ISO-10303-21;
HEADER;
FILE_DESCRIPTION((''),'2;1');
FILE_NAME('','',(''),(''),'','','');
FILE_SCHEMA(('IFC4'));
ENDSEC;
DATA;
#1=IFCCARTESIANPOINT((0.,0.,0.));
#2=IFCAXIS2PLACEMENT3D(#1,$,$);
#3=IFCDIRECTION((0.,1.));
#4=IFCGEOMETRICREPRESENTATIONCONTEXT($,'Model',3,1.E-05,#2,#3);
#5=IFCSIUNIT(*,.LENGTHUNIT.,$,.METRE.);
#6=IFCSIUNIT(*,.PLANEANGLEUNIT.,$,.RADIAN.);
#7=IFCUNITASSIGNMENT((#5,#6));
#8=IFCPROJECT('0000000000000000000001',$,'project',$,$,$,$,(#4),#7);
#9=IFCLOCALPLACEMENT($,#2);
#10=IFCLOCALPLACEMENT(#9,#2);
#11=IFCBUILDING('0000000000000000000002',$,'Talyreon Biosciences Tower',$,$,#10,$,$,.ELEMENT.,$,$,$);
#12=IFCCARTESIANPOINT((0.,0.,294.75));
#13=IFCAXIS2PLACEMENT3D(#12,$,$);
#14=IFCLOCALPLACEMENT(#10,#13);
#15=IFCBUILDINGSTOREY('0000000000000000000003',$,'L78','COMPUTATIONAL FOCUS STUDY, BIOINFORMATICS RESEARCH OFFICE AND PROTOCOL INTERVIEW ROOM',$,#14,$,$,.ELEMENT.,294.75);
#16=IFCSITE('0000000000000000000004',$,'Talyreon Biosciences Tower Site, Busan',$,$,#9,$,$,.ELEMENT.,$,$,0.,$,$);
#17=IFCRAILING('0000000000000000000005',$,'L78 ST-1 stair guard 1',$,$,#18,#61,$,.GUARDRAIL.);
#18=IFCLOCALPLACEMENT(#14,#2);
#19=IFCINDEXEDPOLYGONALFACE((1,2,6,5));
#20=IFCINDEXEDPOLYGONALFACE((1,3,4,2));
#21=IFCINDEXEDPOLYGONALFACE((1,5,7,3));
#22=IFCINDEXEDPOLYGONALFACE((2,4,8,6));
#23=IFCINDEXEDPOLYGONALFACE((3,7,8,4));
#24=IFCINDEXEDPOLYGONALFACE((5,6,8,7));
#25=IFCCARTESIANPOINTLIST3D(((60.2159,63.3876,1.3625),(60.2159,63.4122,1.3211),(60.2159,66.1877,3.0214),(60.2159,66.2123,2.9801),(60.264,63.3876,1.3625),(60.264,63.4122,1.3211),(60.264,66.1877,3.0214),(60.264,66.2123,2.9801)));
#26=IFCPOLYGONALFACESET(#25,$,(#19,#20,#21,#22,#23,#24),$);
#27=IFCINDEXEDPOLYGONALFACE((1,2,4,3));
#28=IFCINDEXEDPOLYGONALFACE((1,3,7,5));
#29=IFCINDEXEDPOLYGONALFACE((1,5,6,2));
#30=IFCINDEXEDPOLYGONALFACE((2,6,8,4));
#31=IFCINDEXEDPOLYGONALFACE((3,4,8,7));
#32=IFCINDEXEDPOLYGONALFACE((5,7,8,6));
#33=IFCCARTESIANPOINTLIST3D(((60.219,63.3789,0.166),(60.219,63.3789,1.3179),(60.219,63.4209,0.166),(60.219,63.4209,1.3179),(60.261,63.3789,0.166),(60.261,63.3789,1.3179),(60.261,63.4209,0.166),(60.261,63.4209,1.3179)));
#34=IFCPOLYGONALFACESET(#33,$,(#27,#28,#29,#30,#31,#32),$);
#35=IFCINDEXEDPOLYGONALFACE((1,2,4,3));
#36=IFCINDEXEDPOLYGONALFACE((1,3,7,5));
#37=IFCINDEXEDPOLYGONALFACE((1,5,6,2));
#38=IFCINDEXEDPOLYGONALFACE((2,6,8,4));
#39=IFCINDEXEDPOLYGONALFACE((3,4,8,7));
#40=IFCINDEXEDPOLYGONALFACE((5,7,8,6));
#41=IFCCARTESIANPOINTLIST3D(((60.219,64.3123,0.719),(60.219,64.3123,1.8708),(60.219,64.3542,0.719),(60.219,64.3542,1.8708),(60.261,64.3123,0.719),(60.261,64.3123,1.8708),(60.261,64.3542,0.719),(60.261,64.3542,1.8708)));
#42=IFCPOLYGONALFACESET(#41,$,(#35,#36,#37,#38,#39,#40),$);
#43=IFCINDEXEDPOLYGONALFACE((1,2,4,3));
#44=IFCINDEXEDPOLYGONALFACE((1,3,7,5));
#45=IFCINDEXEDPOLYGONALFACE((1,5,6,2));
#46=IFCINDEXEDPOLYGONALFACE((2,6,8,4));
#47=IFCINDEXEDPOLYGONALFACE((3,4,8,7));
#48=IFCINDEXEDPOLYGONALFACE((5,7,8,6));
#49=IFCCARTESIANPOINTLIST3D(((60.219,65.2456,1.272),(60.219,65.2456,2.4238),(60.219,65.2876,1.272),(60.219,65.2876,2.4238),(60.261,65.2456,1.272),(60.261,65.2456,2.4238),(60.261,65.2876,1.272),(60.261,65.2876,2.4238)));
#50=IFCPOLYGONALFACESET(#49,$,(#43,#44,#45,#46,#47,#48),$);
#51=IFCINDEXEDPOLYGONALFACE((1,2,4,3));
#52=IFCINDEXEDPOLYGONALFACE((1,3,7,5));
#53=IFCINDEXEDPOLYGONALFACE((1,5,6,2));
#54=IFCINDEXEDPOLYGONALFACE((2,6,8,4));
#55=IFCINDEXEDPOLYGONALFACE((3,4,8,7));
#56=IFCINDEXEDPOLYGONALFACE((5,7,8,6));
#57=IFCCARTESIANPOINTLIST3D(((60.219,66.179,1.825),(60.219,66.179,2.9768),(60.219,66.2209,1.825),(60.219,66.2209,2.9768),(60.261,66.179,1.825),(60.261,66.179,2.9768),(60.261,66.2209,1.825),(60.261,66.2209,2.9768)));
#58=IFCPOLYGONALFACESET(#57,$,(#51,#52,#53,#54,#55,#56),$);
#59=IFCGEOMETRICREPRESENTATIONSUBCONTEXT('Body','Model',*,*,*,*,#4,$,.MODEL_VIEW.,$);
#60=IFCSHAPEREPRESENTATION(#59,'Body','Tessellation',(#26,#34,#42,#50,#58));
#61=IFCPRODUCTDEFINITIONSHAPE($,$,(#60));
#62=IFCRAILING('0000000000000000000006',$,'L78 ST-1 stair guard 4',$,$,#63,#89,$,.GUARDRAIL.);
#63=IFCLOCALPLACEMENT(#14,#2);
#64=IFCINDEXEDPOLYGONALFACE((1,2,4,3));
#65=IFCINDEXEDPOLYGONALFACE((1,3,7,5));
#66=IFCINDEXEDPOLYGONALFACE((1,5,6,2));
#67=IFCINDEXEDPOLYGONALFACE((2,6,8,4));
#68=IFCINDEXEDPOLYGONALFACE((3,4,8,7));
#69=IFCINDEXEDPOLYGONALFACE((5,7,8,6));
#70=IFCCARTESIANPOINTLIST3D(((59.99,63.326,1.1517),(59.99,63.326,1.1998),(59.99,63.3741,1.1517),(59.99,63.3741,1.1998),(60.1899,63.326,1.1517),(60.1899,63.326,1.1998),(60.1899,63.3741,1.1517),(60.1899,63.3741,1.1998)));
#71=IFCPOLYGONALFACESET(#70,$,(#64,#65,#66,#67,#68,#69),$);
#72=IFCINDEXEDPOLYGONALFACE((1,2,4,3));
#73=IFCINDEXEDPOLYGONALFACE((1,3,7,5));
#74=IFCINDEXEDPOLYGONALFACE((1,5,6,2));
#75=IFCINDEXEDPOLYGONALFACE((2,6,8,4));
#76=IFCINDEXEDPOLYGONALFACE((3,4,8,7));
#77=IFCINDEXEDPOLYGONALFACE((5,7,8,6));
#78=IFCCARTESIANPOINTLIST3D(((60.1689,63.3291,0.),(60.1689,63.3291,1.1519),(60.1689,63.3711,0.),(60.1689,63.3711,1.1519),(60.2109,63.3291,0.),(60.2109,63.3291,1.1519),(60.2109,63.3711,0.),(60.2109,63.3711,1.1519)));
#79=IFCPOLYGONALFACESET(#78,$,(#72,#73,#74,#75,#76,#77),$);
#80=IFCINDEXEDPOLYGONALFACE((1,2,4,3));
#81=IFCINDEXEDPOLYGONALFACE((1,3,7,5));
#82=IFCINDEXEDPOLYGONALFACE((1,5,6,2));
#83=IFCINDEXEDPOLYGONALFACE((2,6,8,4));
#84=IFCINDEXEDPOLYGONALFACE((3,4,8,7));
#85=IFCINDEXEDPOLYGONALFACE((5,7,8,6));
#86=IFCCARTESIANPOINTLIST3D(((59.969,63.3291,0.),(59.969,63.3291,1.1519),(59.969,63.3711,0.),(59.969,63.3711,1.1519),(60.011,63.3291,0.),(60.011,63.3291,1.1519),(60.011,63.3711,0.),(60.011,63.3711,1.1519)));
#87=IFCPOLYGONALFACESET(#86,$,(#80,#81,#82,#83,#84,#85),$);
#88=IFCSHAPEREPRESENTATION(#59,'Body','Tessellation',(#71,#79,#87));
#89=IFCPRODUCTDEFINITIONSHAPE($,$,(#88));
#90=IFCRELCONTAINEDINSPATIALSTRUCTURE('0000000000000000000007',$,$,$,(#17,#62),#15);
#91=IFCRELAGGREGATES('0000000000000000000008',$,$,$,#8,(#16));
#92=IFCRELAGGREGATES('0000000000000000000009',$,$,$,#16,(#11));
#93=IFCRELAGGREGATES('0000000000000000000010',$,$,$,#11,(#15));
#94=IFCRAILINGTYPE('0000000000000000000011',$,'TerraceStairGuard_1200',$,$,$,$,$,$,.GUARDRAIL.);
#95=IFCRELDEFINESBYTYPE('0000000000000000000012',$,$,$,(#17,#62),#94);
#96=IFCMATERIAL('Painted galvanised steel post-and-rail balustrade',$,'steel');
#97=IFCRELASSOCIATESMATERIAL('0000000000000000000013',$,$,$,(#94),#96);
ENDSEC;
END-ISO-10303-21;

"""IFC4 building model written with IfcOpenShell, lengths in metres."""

from ifc_helpers import new_model, si_unit, direction, frame, origin, origin_2d, place, context, subcontext, project, spatial, rectangle, extrude, material, type_object, element, save


model = new_model("IFC4")

# Units and contexts
model_context = context("Model", 3, precision=1e-05, world=origin(), true_north=direction((0.0, 1.0)))
body_context = subcontext(model_context, "Body", "Model", "MODEL_VIEW")
ifc_project = project(units=[si_unit("LENGTHUNIT", "METRE"), si_unit("PLANEANGLEUNIT", "RADIAN")], contexts=[model_context])

# Site, building, storey
site_placement = place(None, origin())
site = spatial("IfcSite", under=ifc_project, at=site_placement, Name="Talyreon Biosciences Tower Site, Busan", CompositionType="ELEMENT", RefElevation=0.0)
building_placement = place(site_placement, origin())
building = spatial("IfcBuilding", under=site, at=building_placement, Name="Talyreon Biosciences Tower", CompositionType="ELEMENT")
storey_placement = place(building_placement, frame((0.0, 0.0, 294.75)))
storey = spatial("IfcBuildingStorey", under=building, at=storey_placement, Name="L78", Description="COMPUTATIONAL FOCUS STUDY, BIOINFORMATICS RESEARCH OFFICE AND PROTOCOL INTERVIEW ROOM", CompositionType="ELEMENT", Elevation=294.75)

# Railings
ifc_material_1 = material(Name="Painted galvanised steel post-and-rail balustrade", Category="steel")
railing_type_1 = type_object("IfcRailingType", Name="TerraceStairGuard_1200", PredefinedType="GUARDRAIL", material=ifc_material_1)
railing_1_placement = place(storey_placement, frame((60.24, 63.3999, 0.166)))
element("IfcRailing", 1, at=railing_1_placement, inside=storey, type_object=railing_type_1, Name="L78 ST-1 stair guard 1", PredefinedType="GUARDRAIL", context=body_context, shape_type="SweptSolid", body=[
    extrude(rectangle(XDim=0.0481, YDim=0.0481, at=origin_2d()), frame((0.0, 0.0, 1.1758), z_axis=(0.0, 0.860339, 0.509722), x_axis=(-1.0, 0.0, 0.0)), (0.0, 0.0, 1.0), 3.2546),
    extrude(rectangle(XDim=0.042, YDim=0.042, at=origin_2d()), origin(), (0.0, 0.0, 1.0), 1.1519),
    extrude(rectangle(XDim=0.042, YDim=0.042, at=origin_2d()), frame((0.0, 0.9333, 0.553)), (0.0, 0.0, 1.0), 1.1519),
    extrude(rectangle(XDim=0.042, YDim=0.042, at=origin_2d()), frame((0.0, 1.8667, 1.106)), (0.0, 0.0, 1.0), 1.1519),
    extrude(rectangle(XDim=0.042, YDim=0.042, at=origin_2d()), frame((0.0, 2.8, 1.6589)), (0.0, 0.0, 1.0), 1.1519),
])
railing_2_placement = place(storey_placement, frame((60.1899, 63.3501, 0.0)))
element("IfcRailing", 2, at=railing_2_placement, inside=storey, type_object=railing_type_1, Name="L78 ST-1 stair guard 4", PredefinedType="GUARDRAIL", context=body_context, shape_type="SweptSolid", body=[
    extrude(rectangle(XDim=0.0481, YDim=0.0481, at=origin_2d()), frame((0.0, 0.0, 1.1758), z_axis=(-1.0, 0.0, 0.0), x_axis=(0.0, -1.0, 0.0)), (0.0, 0.0, 1.0), 0.2),
    extrude(rectangle(XDim=0.042, YDim=0.042, at=origin_2d()), origin(), (0.0, 0.0, 1.0), 1.1519),
    extrude(rectangle(XDim=0.042, YDim=0.042, at=origin_2d()), frame((-0.2, 0.0, 0.0)), (0.0, 0.0, 1.0), 1.1519),
])

save(model, "model.ifc")
